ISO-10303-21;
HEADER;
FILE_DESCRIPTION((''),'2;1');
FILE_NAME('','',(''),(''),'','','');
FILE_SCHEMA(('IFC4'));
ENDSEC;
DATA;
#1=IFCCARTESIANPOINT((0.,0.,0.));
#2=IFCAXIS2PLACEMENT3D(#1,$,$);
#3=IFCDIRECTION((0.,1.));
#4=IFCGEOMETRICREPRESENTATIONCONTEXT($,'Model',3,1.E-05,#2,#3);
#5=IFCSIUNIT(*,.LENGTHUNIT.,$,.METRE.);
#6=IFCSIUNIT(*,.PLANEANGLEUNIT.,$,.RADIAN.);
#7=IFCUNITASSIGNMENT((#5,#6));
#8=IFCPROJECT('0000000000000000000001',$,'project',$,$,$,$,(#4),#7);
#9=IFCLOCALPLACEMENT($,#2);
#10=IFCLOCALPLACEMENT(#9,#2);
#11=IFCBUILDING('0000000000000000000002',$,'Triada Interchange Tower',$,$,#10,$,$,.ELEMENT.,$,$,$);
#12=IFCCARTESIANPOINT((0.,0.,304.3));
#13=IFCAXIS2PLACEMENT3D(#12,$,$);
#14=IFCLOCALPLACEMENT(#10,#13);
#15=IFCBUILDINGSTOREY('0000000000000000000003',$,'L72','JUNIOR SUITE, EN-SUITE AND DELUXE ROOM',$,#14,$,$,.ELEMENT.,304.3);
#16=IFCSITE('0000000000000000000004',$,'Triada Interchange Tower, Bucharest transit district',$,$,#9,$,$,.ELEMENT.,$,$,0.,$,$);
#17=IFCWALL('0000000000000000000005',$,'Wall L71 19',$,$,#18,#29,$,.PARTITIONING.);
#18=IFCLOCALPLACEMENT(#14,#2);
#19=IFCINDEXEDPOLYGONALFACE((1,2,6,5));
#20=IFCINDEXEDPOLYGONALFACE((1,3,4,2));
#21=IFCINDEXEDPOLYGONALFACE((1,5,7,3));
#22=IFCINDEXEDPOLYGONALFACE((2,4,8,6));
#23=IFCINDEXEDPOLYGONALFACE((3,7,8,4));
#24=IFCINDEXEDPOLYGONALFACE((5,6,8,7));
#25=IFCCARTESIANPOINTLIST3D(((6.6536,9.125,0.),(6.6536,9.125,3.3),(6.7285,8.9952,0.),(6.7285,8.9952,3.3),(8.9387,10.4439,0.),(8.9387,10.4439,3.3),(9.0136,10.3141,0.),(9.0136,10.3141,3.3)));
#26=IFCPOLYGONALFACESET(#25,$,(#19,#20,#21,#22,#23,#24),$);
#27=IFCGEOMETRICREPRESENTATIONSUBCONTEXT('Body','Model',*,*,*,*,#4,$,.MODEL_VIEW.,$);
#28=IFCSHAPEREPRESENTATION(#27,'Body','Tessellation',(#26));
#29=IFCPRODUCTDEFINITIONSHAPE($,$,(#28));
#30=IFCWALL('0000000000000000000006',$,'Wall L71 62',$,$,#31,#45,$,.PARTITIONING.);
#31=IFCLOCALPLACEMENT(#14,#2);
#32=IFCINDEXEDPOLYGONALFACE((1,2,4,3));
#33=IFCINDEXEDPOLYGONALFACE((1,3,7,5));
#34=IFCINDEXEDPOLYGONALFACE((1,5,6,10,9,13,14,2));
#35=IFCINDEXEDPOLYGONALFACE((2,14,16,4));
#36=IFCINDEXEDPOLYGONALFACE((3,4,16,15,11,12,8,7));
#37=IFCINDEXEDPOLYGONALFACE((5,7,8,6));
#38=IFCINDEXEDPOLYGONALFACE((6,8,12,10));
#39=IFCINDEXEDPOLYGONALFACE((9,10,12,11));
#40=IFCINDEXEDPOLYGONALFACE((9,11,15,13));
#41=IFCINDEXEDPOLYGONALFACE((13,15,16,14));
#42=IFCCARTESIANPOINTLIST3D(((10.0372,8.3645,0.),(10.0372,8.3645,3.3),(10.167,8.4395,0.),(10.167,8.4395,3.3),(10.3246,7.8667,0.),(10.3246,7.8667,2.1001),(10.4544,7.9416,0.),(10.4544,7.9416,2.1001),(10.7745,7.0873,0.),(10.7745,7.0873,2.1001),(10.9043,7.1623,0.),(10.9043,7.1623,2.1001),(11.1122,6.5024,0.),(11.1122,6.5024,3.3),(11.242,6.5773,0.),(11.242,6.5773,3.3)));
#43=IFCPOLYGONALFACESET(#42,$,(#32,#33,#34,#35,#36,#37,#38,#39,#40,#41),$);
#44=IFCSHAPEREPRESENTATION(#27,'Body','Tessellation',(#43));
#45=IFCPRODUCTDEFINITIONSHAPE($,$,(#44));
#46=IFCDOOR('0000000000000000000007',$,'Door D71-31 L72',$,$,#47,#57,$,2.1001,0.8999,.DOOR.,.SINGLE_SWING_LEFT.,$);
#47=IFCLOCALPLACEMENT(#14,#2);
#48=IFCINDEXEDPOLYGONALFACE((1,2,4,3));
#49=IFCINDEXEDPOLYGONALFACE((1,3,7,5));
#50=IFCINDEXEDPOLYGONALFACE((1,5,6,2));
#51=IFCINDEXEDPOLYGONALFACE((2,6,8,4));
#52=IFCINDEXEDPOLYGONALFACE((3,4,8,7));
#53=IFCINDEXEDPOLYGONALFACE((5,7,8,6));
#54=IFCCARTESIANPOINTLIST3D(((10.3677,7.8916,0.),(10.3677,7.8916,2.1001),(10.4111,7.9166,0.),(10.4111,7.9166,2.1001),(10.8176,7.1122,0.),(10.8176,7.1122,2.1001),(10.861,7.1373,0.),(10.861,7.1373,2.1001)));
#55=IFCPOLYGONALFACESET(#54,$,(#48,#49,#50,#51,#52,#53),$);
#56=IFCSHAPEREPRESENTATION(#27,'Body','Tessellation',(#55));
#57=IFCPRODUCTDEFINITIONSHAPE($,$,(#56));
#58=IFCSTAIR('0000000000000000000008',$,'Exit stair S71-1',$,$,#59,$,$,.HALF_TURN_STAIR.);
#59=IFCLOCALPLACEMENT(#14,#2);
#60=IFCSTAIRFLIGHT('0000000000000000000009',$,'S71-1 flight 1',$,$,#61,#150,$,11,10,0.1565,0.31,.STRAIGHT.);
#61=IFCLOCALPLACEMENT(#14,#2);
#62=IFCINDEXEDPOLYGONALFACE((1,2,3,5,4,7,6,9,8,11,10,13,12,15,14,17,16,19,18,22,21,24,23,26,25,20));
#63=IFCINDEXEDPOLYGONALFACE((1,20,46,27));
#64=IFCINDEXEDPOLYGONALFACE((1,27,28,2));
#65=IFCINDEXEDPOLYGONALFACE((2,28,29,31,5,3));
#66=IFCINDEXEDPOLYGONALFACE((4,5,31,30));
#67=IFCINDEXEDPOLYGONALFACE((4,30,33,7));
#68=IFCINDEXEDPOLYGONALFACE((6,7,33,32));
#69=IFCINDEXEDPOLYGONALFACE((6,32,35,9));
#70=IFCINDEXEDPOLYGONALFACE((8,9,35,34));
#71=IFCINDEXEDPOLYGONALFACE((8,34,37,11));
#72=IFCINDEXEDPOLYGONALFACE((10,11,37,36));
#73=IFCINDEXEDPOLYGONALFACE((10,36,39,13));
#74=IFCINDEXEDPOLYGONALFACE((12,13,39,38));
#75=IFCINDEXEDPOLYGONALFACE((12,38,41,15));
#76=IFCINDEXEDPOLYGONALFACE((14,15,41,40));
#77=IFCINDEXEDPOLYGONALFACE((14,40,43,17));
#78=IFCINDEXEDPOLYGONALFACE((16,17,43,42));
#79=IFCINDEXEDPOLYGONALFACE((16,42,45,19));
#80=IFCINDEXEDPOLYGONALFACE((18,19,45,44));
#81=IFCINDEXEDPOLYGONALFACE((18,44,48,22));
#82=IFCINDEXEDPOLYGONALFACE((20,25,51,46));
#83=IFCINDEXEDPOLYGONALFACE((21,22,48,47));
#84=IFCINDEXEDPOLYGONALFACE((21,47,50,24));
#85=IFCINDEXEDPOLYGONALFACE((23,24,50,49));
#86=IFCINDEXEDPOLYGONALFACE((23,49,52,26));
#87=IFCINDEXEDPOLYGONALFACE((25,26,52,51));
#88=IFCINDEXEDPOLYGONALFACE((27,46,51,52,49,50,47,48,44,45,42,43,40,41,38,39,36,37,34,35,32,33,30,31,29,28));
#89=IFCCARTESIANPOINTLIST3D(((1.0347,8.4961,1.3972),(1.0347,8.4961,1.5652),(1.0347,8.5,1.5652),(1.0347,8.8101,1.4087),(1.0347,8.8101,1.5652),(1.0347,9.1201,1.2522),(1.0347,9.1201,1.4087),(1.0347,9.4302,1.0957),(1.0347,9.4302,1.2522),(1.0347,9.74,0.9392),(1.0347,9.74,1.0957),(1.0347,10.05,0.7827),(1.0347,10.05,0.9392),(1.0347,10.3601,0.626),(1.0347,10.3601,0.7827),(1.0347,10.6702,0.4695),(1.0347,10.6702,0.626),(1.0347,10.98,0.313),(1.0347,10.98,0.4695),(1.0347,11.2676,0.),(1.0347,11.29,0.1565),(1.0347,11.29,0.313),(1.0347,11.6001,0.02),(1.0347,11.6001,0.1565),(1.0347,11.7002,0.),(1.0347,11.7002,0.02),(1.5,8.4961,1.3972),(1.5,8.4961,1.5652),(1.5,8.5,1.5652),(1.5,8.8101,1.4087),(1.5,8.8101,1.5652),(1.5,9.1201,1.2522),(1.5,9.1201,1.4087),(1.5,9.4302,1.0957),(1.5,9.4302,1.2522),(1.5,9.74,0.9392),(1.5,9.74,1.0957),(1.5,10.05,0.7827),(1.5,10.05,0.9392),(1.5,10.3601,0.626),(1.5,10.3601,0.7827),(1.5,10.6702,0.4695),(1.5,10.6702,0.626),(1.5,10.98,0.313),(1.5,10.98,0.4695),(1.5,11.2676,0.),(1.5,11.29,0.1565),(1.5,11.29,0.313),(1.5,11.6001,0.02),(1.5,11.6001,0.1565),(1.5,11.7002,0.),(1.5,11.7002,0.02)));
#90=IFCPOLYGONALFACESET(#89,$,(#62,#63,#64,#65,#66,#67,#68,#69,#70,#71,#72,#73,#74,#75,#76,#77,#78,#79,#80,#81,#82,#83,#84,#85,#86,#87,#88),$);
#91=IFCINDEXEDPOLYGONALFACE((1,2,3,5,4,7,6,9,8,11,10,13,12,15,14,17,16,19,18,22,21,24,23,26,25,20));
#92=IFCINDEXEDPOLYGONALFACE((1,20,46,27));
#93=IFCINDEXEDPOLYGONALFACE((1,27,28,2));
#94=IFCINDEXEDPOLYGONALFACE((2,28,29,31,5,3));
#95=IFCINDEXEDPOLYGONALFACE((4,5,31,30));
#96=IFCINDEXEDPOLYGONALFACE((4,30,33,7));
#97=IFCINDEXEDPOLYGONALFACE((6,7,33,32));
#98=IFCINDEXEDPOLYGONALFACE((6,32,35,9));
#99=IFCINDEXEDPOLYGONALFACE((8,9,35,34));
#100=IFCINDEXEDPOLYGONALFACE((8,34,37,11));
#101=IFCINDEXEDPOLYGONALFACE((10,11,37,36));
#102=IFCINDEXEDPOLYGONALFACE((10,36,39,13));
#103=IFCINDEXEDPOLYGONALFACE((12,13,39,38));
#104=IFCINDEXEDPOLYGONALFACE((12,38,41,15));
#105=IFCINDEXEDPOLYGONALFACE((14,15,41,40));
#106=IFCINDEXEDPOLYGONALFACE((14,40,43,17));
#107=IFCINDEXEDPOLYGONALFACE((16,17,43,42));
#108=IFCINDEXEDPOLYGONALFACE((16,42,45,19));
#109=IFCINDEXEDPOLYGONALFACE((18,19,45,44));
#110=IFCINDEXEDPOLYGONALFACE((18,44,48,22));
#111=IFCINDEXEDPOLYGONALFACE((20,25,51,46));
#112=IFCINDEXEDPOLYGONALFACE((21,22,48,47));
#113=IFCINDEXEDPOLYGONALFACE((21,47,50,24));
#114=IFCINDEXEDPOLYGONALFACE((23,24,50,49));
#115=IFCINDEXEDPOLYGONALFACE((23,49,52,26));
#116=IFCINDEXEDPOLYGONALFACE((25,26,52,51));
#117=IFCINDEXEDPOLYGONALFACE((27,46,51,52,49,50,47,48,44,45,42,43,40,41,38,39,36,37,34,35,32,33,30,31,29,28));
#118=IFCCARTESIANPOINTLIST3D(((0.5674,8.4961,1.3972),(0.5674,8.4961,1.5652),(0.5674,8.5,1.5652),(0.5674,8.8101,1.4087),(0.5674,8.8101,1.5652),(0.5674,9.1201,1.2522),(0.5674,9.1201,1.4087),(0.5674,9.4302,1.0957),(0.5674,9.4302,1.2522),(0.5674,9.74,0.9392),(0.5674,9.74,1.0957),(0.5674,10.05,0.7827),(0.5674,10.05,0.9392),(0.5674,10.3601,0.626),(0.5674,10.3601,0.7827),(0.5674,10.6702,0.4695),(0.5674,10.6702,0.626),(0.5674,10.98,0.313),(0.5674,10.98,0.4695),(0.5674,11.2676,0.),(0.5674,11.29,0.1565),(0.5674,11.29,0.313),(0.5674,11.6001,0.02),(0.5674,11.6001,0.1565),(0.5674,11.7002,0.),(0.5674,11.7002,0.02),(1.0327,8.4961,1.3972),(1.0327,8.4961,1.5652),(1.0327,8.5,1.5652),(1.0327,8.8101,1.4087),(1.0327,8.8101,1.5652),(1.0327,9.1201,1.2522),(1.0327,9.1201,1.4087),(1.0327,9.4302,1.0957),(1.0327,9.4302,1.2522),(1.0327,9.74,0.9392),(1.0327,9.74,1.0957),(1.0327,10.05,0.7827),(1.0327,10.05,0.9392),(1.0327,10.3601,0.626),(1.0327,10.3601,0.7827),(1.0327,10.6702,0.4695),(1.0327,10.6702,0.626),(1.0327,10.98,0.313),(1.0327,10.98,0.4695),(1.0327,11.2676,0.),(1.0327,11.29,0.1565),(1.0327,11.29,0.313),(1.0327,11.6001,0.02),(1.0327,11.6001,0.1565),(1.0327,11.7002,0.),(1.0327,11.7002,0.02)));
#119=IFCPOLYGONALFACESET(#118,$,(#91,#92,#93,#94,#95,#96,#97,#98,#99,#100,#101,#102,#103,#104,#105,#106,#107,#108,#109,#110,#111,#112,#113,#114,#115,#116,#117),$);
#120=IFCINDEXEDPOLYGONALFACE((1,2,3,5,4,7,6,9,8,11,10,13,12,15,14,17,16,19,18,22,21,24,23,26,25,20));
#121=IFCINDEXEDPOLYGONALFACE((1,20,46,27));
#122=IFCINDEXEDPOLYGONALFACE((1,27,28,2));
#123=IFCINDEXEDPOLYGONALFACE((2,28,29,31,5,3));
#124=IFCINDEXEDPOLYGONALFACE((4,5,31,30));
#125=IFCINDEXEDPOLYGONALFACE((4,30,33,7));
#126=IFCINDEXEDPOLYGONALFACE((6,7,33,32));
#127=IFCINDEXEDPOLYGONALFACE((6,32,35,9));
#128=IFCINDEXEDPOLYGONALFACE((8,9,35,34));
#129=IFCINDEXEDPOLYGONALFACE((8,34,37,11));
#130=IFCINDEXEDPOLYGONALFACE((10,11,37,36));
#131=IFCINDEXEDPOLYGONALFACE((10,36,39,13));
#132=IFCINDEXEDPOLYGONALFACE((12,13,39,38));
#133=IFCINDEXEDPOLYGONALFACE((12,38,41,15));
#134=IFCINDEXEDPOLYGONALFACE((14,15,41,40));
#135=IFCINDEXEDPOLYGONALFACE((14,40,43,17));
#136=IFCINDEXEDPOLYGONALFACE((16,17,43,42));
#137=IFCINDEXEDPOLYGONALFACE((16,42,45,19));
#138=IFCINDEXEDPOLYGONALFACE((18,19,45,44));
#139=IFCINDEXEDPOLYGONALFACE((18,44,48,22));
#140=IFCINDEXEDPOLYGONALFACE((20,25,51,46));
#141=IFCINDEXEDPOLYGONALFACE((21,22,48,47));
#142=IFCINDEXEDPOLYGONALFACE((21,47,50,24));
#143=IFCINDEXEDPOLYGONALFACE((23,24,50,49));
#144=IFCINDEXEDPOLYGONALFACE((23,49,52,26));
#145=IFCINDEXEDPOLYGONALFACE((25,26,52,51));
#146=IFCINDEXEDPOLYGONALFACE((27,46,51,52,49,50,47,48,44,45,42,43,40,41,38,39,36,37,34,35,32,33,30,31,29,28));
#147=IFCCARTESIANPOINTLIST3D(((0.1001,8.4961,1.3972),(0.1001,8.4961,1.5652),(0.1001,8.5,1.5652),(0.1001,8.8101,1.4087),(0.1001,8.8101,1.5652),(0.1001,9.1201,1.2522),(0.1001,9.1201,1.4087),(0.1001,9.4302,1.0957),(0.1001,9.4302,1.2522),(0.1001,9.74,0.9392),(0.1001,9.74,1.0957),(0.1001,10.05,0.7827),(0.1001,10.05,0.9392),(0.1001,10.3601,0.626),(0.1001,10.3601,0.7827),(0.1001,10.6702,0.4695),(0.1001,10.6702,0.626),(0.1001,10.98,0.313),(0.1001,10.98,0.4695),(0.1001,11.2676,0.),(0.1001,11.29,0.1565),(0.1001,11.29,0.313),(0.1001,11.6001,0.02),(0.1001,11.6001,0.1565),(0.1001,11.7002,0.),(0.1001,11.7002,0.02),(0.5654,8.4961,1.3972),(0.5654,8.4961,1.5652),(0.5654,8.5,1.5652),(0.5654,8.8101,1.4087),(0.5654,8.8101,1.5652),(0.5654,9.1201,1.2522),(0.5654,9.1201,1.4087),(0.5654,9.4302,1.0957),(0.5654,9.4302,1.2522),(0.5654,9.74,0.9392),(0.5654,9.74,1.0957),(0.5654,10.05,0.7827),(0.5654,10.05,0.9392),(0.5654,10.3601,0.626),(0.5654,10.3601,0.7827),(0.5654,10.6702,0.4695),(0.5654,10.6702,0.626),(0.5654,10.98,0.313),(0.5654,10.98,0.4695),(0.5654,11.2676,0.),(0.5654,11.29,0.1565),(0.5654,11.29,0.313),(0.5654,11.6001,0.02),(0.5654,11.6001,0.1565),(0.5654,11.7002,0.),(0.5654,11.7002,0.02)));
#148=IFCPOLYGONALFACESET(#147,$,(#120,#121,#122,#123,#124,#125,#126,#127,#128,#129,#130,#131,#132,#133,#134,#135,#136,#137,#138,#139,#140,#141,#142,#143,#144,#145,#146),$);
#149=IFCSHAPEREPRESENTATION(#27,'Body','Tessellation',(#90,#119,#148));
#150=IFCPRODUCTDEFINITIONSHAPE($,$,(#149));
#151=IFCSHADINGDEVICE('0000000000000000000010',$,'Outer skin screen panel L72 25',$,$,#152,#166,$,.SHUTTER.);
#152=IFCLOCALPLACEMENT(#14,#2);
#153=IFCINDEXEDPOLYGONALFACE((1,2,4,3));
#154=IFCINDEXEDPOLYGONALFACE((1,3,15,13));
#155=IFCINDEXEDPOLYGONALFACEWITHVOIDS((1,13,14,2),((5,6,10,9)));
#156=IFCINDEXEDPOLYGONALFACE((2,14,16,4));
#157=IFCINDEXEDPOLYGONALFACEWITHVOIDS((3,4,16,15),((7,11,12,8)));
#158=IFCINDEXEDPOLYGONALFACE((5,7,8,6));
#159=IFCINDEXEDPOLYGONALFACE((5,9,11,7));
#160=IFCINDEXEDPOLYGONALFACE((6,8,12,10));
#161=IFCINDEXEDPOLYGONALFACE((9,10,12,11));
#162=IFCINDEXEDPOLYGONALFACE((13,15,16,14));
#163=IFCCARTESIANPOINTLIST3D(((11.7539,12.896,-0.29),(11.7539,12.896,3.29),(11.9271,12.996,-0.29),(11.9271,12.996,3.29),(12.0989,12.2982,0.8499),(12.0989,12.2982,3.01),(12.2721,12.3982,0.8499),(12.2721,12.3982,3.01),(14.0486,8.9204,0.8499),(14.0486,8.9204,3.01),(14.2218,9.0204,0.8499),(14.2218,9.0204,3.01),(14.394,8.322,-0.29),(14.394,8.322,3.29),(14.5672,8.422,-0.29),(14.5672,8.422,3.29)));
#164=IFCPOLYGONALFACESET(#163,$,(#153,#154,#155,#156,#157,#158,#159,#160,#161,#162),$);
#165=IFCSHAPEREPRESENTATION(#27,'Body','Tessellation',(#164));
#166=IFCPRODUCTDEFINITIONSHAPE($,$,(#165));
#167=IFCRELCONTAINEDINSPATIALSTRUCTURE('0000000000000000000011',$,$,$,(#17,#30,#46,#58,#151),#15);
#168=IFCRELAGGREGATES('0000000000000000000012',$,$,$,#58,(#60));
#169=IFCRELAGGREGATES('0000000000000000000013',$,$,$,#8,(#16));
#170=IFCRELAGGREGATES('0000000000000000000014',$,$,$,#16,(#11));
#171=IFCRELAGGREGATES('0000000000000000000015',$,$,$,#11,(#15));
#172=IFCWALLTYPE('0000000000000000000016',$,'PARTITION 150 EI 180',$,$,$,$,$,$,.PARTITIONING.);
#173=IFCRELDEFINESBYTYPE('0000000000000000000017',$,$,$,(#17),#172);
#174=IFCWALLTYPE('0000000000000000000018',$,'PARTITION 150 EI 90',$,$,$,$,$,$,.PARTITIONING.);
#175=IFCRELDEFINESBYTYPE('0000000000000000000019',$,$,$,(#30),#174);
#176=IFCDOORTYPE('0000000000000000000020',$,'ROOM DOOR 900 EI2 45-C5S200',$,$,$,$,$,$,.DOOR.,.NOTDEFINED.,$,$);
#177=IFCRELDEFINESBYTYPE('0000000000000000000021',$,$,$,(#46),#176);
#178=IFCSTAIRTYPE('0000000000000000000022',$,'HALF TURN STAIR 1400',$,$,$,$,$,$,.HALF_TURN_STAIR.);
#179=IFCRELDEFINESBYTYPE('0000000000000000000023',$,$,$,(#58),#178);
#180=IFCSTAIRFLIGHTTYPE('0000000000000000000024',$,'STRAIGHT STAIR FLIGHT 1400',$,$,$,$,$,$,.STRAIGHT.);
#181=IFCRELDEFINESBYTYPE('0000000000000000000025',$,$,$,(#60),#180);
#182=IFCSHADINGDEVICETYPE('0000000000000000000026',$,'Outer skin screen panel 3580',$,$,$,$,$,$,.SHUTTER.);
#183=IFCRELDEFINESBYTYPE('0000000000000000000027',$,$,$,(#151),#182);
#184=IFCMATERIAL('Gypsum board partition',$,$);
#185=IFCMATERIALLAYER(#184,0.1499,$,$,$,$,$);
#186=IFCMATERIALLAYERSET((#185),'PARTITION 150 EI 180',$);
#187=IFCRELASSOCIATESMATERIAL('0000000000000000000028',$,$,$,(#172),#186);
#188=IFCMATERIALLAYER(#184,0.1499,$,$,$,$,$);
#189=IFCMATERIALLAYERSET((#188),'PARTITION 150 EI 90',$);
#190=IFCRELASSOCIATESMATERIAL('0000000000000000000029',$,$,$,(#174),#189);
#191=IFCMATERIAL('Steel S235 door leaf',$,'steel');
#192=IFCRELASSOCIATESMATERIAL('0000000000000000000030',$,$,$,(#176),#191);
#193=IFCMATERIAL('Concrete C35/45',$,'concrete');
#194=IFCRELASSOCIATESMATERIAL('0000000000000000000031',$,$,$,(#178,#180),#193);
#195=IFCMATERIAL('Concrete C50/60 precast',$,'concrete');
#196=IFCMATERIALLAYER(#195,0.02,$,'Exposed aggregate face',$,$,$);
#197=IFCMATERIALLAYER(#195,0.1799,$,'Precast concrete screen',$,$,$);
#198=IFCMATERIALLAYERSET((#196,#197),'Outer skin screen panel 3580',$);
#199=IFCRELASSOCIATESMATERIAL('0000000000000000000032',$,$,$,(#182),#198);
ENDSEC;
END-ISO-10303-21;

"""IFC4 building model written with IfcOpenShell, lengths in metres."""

from ifc_helpers import new_model, si_unit, direction, frame, frame_2d, origin, place, context, subcontext, project, spatial, polyline, rectangle, outline, extrude, material, layer, layer_set, type_object, element, fill, aggregate, save


model = new_model("IFC4")

# Units and contexts
model_context = context("Model", 3, precision=1e-05, world=origin(), true_north=direction((0.0, 1.0)))
body_context = subcontext(model_context, "Body", "Model", "MODEL_VIEW")
ifc_project = project(units=[si_unit("LENGTHUNIT", "METRE"), si_unit("PLANEANGLEUNIT", "RADIAN")], contexts=[model_context])

# Site, building, storey
site_placement = place(None, origin())
site = spatial("IfcSite", under=ifc_project, at=site_placement, Name="Triada Interchange Tower, Bucharest transit district", CompositionType="ELEMENT", RefElevation=0.0)
building_placement = place(site_placement, origin())
building = spatial("IfcBuilding", under=site, at=building_placement, Name="Triada Interchange Tower", CompositionType="ELEMENT")
storey_placement = place(building_placement, frame((0.0, 0.0, 304.3)))
storey = spatial("IfcBuildingStorey", under=building, at=storey_placement, Name="L72", Description="JUNIOR SUITE, EN-SUITE AND DELUXE ROOM", CompositionType="ELEMENT", Elevation=304.3)

# Shared definitions
ifc_material_1 = material(Name="Steel S235 door leaf", Category="steel")

# Wall
ifc_material_2 = material(Name="Gypsum board partition")
ifc_layer_1 = layer(ifc_material_2, 0.1499)
ifc_layer_set_1 = layer_set([ifc_layer_1], Name="PARTITION 150 EI 180")
wall_type_1 = type_object("IfcWallType", Name="PARTITION 150 EI 180", PredefinedType="PARTITIONING", material=ifc_layer_set_1)
wall_1_placement = place(storey_placement, frame((6.6909, 9.0601, 0.0), z_axis=(0.0, 0.0, 1.0), x_axis=(0.866105, 0.499861, 0.0)))
element("IfcWall", 1, at=wall_1_placement, inside=storey, type_object=wall_type_1, Name="Wall L71 19", PredefinedType="PARTITIONING", context=body_context, shape_type="SweptSolid", body=[
    extrude(rectangle(XDim=2.6384, YDim=0.1499, at=frame_2d((1.3193, 0.0))), origin(), (0.0, 0.0, 1.0), 3.3),
])

# Wall, opening, door
ifc_layer_2 = layer(ifc_material_2, 0.1499)
ifc_layer_set_2 = layer_set([ifc_layer_2], Name="PARTITION 150 EI 90")
wall_type_2 = type_object("IfcWallType", Name="PARTITION 150 EI 90", PredefinedType="PARTITIONING", material=ifc_layer_set_2)
wall_2_placement = place(storey_placement, frame((10.1021, 8.4021, 0.0), z_axis=(0.0, 0.0, 1.0), x_axis=(0.499962, -0.866048, 0.0)))
wall_2 = element("IfcWall", 2, at=wall_2_placement, inside=storey, type_object=wall_type_2, Name="Wall L71 62", PredefinedType="PARTITIONING", context=body_context, shape_type="SweptSolid", body=[
    extrude(rectangle(XDim=2.1501, YDim=0.1499, at=frame_2d((1.0752, 0.0))), origin(), (0.0, 0.0, 1.0), 3.3),
])
opening_1_placement = place(wall_2_placement, frame((0.575, 0.0, 0.0)))
opening_1 = element("IfcOpeningElement", 3, at=opening_1_placement, cuts=wall_2, PredefinedType="OPENING", context=body_context, shape_type="SweptSolid", body=[
    extrude(rectangle(XDim=0.8999, YDim=2.1001, at=frame_2d((0.45, 1.05))), frame((0.0, 0.085, 0.0), z_axis=(0.0, -1.0, 0.0), x_axis=(1.0, 0.0, 0.0)), (0.0, 0.0, 1.0), 0.1699),
])
door_type_1 = type_object("IfcDoorType", Name="ROOM DOOR 900 EI2 45-C5S200", OperationType="NOTDEFINED", PredefinedType="DOOR", material=ifc_material_1)
door_1_placement = place(opening_1_placement, origin())
door_1 = element("IfcDoor", 4, at=door_1_placement, inside=storey, type_object=door_type_1, Name="Door D71-31 L72", OperationType="SINGLE_SWING_LEFT", OverallHeight=2.1001, OverallWidth=0.8999, PredefinedType="DOOR", context=body_context, shape_type="SweptSolid", body=[
    extrude(rectangle(XDim=0.8999, YDim=2.1001, at=frame_2d((0.45, 1.05))), frame((0.0, 0.0249, 0.0), z_axis=(0.0, -1.0, 0.0), x_axis=(1.0, 0.0, 0.0)), (0.0, 0.0, 1.0), 0.05),
])
fill(opening_1, door_1)

# Stair, stair flight
ifc_material_3 = material(Name="Concrete C35/45", Category="concrete")
stair_type = type_object("IfcStairType", Name="HALF TURN STAIR 1400", PredefinedType="HALF_TURN_STAIR", material=ifc_material_3)
stair_placement = place(storey_placement, origin())
stair = element("IfcStair", 5, at=stair_placement, inside=storey, type_object=stair_type, Name="Exit stair S71-1", PredefinedType="HALF_TURN_STAIR")
stair_flight_type = type_object("IfcStairFlightType", Name="STRAIGHT STAIR FLIGHT 1400", PredefinedType="STRAIGHT", material=ifc_material_3)
stair_flight_placement = place(storey_placement, frame((0.8, 11.6001, 0.0), z_axis=(0.0, 0.0, 1.0), x_axis=(0.0, -1.0, 0.0)))
stair_flight = element("IfcStairFlight", 6, at=stair_flight_placement, type_object=stair_flight_type, Name="S71-1 flight 1", NumberOfRisers=11, NumberOfTreads=10, PredefinedType="STRAIGHT", RiserHeight=0.1565, TreadLength=0.31, context=body_context, shape_type="SweptSolid", body=[
    extrude(outline(polyline([(-0.1001, 0.0), (-0.1001, 0.02), (0.0, 0.02), (0.0, 0.1565), (0.3101, 0.1565), (0.3101, 0.313), (0.6201, 0.313), (0.6201, 0.4695), (0.9299, 0.4695), (0.9299, 0.626), (1.24, 0.626), (1.24, 0.7827), (1.55, 0.7827), (1.55, 0.9392), (1.8601, 0.9392), (1.8601, 1.0957), (2.1699, 1.0957), (2.1699, 1.2522), (2.48, 1.2522), (2.48, 1.4087), (2.79, 1.4087), (2.79, 1.5652), (3.1001, 1.5652), (3.104, 1.5652), (3.104, 1.7217), (3.104, 1.3972), (0.3325, 0.0), (-0.1001, 0.0)])), frame((0.0, 0.7, 0.0), z_axis=(0.0, -1.0, 0.0), x_axis=(1.0, 0.0, 0.0)), (0.0, 0.0, 1.0), 0.4653),
    extrude(outline(polyline([(-0.1001, 0.0), (-0.1001, 0.02), (0.0, 0.02), (0.0, 0.1565), (0.3101, 0.1565), (0.3101, 0.313), (0.6201, 0.313), (0.6201, 0.4695), (0.9299, 0.4695), (0.9299, 0.626), (1.24, 0.626), (1.24, 0.7827), (1.55, 0.7827), (1.55, 0.9392), (1.8601, 0.9392), (1.8601, 1.0957), (2.1699, 1.0957), (2.1699, 1.2522), (2.48, 1.2522), (2.48, 1.4087), (2.79, 1.4087), (2.79, 1.5652), (3.1001, 1.5652), (3.104, 1.5652), (3.104, 1.7217), (3.104, 1.3972), (0.3325, 0.0), (-0.1001, 0.0)])), frame((0.0, 0.2327, 0.0), z_axis=(0.0, -1.0, 0.0), x_axis=(1.0, 0.0, 0.0)), (0.0, 0.0, 1.0), 0.4653),
    extrude(outline(polyline([(-0.1001, 0.0), (-0.1001, 0.02), (0.0, 0.02), (0.0, 0.1565), (0.3101, 0.1565), (0.3101, 0.313), (0.6201, 0.313), (0.6201, 0.4695), (0.9299, 0.4695), (0.9299, 0.626), (1.24, 0.626), (1.24, 0.7827), (1.55, 0.7827), (1.55, 0.9392), (1.8601, 0.9392), (1.8601, 1.0957), (2.1699, 1.0957), (2.1699, 1.2522), (2.48, 1.2522), (2.48, 1.4087), (2.79, 1.4087), (2.79, 1.5652), (3.1001, 1.5652), (3.104, 1.5652), (3.104, 1.7217), (3.104, 1.3972), (0.3325, 0.0), (-0.1001, 0.0)])), frame((0.0, -0.2346, 0.0), z_axis=(0.0, -1.0, 0.0), x_axis=(1.0, 0.0, 0.0)), (0.0, 0.0, 1.0), 0.4653),
])

# Shading device
ifc_material_4 = material(Name="Concrete C50/60 precast", Category="concrete")
ifc_layer_3 = layer(ifc_material_4, 0.02, Name="Exposed aggregate face")
ifc_layer_4 = layer(ifc_material_4, 0.1799, Name="Precast concrete screen")
ifc_layer_set_3 = layer_set([ifc_layer_3, ifc_layer_4], Name="Outer skin screen panel 3580")
shading_device_type = type_object("IfcShadingDeviceType", Name="Outer skin screen panel 3580", PredefinedType="SHUTTER", material=ifc_layer_set_3)
shading_device_1_placement = place(storey_placement, frame((14.394, 8.322, -0.29), z_axis=(0.0, 0.0, 1.0), x_axis=(-0.499908, 0.866079, 0.0)))
element("IfcShadingDevice", 7, at=shading_device_1_placement, inside=storey, type_object=shading_device_type, Name="Outer skin screen panel L72 25", PredefinedType="SHUTTER", context=body_context, shape_type="SweptSolid", body=[
    extrude(outline(polyline([(0.0, 0.0), (5.2812, 0.0), (5.2812, 3.5801), (0.0, 3.5801), (0.0, 0.0)]), holes=[polyline([(0.6909, 1.1399), (0.6909, 3.3), (4.5911, 3.3), (4.5911, 1.1399), (0.6909, 1.1399)])]), frame((0.0, 0.0, 0.0), z_axis=(0.0, -1.0, 0.0), x_axis=(1.0, 0.0, 0.0)), (0.0, 0.0, 1.0), 0.2),
])

aggregate(stair, [stair_flight])

save(model, "model.ifc")
